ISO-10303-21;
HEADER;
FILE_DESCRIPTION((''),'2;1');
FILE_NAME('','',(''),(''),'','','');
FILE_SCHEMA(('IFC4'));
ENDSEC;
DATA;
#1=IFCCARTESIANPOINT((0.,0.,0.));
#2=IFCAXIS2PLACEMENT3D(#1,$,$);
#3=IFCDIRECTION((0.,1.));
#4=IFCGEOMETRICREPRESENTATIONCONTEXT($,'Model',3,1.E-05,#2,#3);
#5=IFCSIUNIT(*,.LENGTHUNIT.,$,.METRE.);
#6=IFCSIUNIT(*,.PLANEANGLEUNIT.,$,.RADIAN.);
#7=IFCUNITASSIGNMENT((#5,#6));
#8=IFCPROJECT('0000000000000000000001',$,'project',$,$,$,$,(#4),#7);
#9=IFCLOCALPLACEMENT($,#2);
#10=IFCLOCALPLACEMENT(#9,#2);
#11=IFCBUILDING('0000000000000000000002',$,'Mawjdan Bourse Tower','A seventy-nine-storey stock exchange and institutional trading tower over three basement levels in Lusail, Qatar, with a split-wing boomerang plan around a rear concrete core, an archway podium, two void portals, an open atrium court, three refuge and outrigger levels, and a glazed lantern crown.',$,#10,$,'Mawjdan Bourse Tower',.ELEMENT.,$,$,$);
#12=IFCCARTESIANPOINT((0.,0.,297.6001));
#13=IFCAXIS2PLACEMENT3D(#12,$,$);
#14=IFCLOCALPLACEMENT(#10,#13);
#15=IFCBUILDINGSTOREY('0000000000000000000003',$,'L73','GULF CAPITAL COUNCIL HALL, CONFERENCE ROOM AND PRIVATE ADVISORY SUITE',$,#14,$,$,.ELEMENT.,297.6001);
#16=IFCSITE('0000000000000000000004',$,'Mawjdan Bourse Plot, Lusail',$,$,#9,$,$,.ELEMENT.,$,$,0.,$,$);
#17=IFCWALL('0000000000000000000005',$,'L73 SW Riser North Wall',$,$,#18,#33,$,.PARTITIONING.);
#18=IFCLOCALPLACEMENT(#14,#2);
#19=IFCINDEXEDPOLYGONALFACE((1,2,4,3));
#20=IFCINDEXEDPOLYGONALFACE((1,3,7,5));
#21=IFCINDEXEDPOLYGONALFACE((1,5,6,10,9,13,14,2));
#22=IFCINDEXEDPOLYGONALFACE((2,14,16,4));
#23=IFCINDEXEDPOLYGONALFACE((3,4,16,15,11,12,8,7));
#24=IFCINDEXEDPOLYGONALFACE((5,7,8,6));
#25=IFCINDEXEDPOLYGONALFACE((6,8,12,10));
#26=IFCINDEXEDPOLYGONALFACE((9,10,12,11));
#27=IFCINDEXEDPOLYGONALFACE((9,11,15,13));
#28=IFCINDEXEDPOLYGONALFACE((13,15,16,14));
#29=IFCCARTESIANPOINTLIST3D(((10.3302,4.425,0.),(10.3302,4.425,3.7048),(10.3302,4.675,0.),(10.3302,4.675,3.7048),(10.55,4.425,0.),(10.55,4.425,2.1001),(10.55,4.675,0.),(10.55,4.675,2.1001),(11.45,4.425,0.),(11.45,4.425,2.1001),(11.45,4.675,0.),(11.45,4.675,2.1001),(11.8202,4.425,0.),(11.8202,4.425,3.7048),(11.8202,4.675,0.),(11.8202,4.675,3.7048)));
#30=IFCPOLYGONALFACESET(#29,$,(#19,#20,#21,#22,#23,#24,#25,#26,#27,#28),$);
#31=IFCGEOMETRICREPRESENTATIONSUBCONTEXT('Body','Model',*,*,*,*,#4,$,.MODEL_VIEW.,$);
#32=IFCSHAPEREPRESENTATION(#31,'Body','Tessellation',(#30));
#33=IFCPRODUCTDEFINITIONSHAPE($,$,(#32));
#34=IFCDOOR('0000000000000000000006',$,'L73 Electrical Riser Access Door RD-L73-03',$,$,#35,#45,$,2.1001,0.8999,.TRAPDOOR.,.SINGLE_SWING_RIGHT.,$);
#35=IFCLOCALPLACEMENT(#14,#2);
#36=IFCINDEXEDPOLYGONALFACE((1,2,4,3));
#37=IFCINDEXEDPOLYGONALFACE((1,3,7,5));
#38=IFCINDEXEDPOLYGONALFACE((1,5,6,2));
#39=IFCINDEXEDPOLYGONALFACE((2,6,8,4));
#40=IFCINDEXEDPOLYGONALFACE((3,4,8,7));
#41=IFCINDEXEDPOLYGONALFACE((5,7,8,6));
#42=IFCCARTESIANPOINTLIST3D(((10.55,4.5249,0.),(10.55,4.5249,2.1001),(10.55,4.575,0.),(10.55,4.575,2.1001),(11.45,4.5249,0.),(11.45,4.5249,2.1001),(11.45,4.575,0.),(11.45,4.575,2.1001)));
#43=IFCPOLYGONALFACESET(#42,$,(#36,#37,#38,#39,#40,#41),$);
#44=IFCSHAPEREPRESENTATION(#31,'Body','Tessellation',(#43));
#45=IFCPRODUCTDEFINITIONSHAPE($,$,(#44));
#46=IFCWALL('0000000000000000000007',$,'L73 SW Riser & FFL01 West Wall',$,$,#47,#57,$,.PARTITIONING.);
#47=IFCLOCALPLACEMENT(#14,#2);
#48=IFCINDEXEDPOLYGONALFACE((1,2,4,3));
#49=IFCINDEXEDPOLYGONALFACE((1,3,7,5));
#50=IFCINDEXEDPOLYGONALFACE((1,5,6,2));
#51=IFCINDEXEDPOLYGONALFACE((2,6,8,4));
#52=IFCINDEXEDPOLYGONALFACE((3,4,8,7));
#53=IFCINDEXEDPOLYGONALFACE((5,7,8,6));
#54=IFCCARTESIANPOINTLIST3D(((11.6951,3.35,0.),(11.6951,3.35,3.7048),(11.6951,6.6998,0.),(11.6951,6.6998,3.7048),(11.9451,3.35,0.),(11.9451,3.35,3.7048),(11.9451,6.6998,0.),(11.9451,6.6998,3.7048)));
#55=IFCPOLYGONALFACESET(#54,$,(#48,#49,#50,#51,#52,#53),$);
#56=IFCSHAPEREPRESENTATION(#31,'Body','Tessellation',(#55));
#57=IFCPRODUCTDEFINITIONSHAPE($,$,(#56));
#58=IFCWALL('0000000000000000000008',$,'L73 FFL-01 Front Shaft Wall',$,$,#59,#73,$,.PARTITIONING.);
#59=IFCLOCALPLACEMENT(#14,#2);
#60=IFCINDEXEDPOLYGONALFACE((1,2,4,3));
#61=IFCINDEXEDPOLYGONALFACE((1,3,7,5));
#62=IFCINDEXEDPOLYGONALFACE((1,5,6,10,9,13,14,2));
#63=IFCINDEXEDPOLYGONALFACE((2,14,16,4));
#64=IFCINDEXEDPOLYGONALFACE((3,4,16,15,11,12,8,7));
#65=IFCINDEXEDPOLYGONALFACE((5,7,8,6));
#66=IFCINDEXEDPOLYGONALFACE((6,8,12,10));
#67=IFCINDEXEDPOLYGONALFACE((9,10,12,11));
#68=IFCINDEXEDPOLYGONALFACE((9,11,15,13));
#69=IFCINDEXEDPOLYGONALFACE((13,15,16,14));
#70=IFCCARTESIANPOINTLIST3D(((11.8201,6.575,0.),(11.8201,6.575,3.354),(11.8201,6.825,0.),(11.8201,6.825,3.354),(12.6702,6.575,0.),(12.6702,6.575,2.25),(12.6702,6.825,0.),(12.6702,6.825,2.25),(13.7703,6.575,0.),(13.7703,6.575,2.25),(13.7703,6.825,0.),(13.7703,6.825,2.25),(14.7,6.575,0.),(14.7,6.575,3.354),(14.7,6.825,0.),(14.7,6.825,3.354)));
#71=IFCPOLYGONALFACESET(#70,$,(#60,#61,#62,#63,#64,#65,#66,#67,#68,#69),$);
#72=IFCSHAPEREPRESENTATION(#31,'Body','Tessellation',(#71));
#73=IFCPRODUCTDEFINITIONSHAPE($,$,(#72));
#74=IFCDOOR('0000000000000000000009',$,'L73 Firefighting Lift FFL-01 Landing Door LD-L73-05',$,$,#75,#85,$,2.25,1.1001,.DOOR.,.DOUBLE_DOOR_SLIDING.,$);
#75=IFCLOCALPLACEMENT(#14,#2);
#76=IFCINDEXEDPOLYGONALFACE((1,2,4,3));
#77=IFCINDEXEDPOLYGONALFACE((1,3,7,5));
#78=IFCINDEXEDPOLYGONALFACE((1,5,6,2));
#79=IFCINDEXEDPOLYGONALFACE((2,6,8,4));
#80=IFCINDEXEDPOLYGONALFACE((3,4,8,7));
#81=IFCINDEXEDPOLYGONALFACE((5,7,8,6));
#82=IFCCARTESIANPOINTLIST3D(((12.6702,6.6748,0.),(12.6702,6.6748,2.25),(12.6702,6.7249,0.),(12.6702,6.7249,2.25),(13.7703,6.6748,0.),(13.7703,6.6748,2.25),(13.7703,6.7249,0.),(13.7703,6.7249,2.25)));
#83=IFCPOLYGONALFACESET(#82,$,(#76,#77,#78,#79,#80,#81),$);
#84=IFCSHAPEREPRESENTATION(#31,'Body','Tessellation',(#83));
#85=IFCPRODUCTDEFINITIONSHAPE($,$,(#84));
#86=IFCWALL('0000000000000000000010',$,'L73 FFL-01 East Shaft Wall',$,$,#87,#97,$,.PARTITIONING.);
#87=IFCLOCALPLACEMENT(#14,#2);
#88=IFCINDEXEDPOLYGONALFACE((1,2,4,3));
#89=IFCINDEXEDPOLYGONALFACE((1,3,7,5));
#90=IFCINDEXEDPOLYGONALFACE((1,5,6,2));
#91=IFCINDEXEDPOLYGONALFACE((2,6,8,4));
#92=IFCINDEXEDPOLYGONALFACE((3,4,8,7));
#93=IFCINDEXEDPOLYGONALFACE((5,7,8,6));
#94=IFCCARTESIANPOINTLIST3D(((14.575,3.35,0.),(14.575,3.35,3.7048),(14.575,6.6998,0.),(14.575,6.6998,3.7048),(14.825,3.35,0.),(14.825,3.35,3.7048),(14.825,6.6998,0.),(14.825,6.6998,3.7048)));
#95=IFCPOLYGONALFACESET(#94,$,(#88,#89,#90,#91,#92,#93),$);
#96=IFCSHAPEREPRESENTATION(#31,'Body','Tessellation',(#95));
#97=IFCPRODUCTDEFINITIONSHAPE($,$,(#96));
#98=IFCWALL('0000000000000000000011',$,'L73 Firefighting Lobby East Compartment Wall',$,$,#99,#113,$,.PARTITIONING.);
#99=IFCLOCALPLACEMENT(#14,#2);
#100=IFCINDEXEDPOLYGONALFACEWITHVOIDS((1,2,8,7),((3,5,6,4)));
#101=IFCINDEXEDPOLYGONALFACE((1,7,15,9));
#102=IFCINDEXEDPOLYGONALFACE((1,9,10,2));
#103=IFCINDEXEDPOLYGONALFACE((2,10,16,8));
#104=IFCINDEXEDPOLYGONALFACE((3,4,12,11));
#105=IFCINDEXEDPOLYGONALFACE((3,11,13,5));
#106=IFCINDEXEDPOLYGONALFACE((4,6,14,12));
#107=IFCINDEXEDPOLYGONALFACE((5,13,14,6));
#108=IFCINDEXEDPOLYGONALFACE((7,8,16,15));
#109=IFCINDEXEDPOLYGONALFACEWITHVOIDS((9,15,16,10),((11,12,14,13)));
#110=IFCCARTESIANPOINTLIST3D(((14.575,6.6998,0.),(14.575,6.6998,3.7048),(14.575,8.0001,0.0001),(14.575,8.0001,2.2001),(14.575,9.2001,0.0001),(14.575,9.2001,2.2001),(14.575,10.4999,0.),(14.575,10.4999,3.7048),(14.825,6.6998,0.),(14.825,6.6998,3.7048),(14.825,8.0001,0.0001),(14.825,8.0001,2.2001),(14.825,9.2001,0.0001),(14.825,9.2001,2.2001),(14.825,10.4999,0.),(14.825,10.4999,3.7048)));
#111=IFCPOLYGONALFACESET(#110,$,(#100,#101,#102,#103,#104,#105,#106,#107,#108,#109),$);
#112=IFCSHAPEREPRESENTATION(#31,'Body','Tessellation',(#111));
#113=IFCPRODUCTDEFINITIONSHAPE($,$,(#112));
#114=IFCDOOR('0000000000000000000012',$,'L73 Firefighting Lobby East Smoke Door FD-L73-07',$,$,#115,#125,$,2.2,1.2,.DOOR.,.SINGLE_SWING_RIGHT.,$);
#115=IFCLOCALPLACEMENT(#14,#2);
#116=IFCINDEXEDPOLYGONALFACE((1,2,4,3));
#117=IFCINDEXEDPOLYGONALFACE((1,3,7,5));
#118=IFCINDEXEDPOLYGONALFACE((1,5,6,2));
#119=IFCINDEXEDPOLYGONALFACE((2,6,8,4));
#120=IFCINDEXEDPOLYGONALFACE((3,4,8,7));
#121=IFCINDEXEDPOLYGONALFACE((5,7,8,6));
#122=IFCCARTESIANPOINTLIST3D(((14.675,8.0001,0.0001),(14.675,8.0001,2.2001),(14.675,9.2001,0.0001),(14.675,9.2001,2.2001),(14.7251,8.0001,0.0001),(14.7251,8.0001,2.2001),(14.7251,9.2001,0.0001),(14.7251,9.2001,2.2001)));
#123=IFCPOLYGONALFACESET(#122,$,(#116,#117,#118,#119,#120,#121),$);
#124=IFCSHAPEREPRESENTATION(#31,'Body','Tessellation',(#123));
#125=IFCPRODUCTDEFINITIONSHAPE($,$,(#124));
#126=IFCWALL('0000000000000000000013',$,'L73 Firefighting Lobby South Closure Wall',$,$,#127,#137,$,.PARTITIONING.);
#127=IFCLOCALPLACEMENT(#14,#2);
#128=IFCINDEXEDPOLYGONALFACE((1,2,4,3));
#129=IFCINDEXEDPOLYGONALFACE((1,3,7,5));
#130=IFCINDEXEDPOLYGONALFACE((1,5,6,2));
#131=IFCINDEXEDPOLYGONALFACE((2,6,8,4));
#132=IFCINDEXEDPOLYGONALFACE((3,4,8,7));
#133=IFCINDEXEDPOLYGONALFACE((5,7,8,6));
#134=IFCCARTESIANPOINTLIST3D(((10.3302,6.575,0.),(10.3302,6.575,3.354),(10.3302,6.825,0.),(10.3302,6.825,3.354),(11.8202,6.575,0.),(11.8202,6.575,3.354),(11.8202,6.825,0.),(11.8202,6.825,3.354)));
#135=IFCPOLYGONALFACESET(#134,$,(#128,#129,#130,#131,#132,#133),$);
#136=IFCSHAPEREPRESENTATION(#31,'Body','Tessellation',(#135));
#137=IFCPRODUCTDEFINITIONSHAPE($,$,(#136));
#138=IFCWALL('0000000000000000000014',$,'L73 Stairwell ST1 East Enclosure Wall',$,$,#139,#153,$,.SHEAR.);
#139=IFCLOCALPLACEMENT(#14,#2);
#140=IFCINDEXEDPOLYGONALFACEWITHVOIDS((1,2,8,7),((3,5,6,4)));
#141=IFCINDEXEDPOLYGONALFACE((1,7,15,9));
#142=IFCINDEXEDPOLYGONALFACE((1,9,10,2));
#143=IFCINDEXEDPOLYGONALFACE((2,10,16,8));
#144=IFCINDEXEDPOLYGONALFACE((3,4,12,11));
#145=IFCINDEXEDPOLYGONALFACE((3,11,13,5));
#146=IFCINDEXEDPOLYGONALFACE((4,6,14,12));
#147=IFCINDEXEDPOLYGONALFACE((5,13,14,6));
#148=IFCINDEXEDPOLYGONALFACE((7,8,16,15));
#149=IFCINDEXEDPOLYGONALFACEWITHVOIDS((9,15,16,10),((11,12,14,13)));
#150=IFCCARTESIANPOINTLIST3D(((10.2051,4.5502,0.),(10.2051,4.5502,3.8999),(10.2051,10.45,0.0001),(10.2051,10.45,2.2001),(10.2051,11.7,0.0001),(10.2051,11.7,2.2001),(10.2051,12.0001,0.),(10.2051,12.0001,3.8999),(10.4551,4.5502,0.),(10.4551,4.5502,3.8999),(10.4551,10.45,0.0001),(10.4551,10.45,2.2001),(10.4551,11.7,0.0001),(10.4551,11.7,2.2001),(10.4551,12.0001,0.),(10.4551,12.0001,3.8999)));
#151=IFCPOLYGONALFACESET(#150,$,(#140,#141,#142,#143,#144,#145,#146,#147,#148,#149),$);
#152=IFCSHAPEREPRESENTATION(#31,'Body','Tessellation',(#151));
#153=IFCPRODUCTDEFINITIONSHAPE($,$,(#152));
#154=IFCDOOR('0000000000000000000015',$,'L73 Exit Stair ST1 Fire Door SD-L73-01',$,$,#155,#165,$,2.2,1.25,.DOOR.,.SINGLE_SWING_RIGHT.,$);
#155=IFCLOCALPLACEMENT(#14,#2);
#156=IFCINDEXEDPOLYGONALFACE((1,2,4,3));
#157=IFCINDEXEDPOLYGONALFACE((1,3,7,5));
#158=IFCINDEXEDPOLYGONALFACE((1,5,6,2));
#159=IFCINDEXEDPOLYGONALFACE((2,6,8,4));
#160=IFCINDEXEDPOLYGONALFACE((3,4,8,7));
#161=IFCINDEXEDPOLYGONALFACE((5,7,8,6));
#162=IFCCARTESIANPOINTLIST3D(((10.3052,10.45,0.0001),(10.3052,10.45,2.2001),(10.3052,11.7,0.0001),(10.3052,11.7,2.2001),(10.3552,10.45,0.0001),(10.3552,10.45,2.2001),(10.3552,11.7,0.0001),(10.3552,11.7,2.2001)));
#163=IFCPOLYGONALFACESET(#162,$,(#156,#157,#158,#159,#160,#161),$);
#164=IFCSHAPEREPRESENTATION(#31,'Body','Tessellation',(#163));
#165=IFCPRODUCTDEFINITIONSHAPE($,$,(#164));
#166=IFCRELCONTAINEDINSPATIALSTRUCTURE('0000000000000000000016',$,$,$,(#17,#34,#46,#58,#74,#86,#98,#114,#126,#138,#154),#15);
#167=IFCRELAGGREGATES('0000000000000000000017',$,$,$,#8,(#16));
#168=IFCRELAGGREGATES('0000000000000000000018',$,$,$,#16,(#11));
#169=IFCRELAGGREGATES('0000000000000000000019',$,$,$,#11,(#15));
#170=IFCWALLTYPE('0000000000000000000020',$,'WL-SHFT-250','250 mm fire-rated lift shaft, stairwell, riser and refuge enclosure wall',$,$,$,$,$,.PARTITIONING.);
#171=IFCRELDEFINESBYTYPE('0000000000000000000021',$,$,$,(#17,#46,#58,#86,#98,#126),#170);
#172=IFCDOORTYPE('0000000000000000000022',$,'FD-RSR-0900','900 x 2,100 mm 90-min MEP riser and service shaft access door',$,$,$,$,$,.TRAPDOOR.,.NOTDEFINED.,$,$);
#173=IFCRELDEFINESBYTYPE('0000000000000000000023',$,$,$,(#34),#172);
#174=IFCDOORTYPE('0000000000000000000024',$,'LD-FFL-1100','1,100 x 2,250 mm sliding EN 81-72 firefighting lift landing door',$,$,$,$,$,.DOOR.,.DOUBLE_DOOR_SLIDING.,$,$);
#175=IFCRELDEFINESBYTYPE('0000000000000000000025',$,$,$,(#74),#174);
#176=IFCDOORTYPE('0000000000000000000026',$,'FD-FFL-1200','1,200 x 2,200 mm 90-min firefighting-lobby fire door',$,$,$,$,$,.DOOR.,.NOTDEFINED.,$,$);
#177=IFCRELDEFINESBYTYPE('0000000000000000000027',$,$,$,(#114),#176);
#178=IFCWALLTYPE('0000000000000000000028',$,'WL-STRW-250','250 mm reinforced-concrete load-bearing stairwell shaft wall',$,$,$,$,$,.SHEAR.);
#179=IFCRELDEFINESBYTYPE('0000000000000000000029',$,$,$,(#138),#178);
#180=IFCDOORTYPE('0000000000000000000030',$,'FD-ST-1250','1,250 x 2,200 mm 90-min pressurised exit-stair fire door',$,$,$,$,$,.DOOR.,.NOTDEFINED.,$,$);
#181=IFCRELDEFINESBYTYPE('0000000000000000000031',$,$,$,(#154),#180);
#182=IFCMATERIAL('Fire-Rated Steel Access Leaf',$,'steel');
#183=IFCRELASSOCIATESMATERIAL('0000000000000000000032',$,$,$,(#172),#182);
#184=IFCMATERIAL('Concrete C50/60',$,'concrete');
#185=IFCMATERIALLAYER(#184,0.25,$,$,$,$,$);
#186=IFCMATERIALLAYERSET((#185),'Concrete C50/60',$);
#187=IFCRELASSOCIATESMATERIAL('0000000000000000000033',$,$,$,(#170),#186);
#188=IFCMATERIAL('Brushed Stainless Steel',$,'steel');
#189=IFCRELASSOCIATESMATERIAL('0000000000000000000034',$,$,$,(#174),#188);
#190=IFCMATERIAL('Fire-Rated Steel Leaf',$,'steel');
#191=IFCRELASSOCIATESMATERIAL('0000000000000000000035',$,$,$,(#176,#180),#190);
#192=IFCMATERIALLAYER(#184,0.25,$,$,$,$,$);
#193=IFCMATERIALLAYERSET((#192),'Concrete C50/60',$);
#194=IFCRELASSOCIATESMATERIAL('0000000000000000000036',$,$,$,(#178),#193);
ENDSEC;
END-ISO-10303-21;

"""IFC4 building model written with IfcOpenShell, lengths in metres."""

from ifc_helpers import new_model, si_unit, direction, frame, frame_2d, origin, place, context, subcontext, project, spatial, rectangle, extrude, material, layer, layer_set, type_object, element, fill, save


model = new_model("IFC4")

# Units and contexts
model_context = context("Model", 3, precision=1e-05, world=origin(), true_north=direction((0.0, 1.0)))
body_context = subcontext(model_context, "Body", "Model", "MODEL_VIEW")
ifc_project = project(units=[si_unit("LENGTHUNIT", "METRE"), si_unit("PLANEANGLEUNIT", "RADIAN")], contexts=[model_context])

# Site, building, storey
site_placement = place(None, origin())
site = spatial("IfcSite", under=ifc_project, at=site_placement, Name="Mawjdan Bourse Plot, Lusail", CompositionType="ELEMENT", RefElevation=0.0)
building_placement = place(site_placement, origin())
building = spatial("IfcBuilding", under=site, at=building_placement, Name="Mawjdan Bourse Tower", Description="A seventy-nine-storey stock exchange and institutional trading tower over three basement levels in Lusail, Qatar, with a split-wing boomerang plan around a rear concrete core, an archway podium, two void portals, an open atrium court, three refuge and outrigger levels, and a glazed lantern crown.", LongName="Mawjdan Bourse Tower", CompositionType="ELEMENT")
storey_placement = place(building_placement, frame((0.0, 0.0, 297.6001)))
storey = spatial("IfcBuildingStorey", under=building, at=storey_placement, Name="L73", Description="GULF CAPITAL COUNCIL HALL, CONFERENCE ROOM AND PRIVATE ADVISORY SUITE", CompositionType="ELEMENT", Elevation=297.6001)

# Shared definitions
ifc_material_1 = material(Name="Fire-Rated Steel Access Leaf", Category="steel")
door_type_1 = type_object("IfcDoorType", Name="FD-RSR-0900", Description="900 x 2,100 mm 90-min MEP riser and service shaft access door", OperationType="NOTDEFINED", PredefinedType="TRAPDOOR", material=ifc_material_1)

# Wall, opening, door
ifc_material_2 = material(Name="Concrete C50/60", Category="concrete")
ifc_layer_1 = layer(ifc_material_2, 0.25)
ifc_layer_set_1 = layer_set([ifc_layer_1], Name="Concrete C50/60")
wall_type_1 = type_object("IfcWallType", Name="WL-SHFT-250", Description="250 mm fire-rated lift shaft, stairwell, riser and refuge enclosure wall", PredefinedType="PARTITIONING", material=ifc_layer_set_1)
wall_1_placement = place(storey_placement, frame((10.3301, 4.55, 0.0), z_axis=(0.0, 0.0, 1.0), x_axis=(1.0, 0.0, 0.0)))
wall_1 = element("IfcWall", 1, at=wall_1_placement, inside=storey, type_object=wall_type_1, Name="L73 SW Riser North Wall", PredefinedType="PARTITIONING", context=body_context, shape_type="SweptSolid", body=[
    extrude(rectangle(XDim=1.49, YDim=0.25, at=frame_2d((0.7451, 0.0))), origin(), (0.0, 0.0, 1.0), 3.7048),
])
opening_1_placement = place(wall_1_placement, frame((0.22, 0.0, 0.0)))
opening_1 = element("IfcOpeningElement", 2, at=opening_1_placement, cuts=wall_1, PredefinedType="OPENING", context=body_context, shape_type="SweptSolid", body=[
    extrude(rectangle(XDim=0.8999, YDim=2.1001, at=frame_2d((0.45, 1.05))), frame((0.0, 0.135, 0.0), z_axis=(0.0, -1.0, 0.0), x_axis=(1.0, 0.0, 0.0)), (0.0, 0.0, 1.0), 0.27),
])
door_1_placement = place(opening_1_placement, origin())
door_1 = element("IfcDoor", 3, at=door_1_placement, inside=storey, type_object=door_type_1, Name="L73 Electrical Riser Access Door RD-L73-03", OperationType="SINGLE_SWING_RIGHT", OverallHeight=2.1001, OverallWidth=0.8999, PredefinedType="TRAPDOOR", context=body_context, shape_type="SweptSolid", body=[
    extrude(rectangle(XDim=0.8999, YDim=2.1001, at=frame_2d((0.45, 1.05))), frame((0.0, 0.0249, 0.0), z_axis=(0.0, -1.0, 0.0), x_axis=(1.0, 0.0, 0.0)), (0.0, 0.0, 1.0), 0.05),
])
fill(opening_1, door_1)

# Wall
wall_2_placement = place(storey_placement, frame((11.8201, 3.3501, 0.0), z_axis=(0.0, 0.0, 1.0), x_axis=(0.0, 1.0, 0.0)))
element("IfcWall", 4, at=wall_2_placement, inside=storey, type_object=wall_type_1, Name="L73 SW Riser & FFL01 West Wall", PredefinedType="PARTITIONING", context=body_context, shape_type="SweptSolid", body=[
    extrude(rectangle(XDim=3.3499, YDim=0.25, at=frame_2d((1.6748, 0.0))), origin(), (0.0, 0.0, 1.0), 3.7048),
])

# Wall, opening, door
wall_3_placement = place(storey_placement, frame((11.8201, 6.7, 0.0), z_axis=(0.0, 0.0, 1.0), x_axis=(1.0, 0.0, 0.0)))
wall_3 = element("IfcWall", 5, at=wall_3_placement, inside=storey, type_object=wall_type_1, Name="L73 FFL-01 Front Shaft Wall", PredefinedType="PARTITIONING", context=body_context, shape_type="SweptSolid", body=[
    extrude(rectangle(XDim=2.8799, YDim=0.25, at=frame_2d((1.4399, 0.0))), origin(), (0.0, 0.0, 1.0), 3.354),
])
opening_2_placement = place(wall_3_placement, frame((0.8501, 0.0, 0.0)))
opening_2 = element("IfcOpeningElement", 6, at=opening_2_placement, cuts=wall_3, PredefinedType="OPENING", context=body_context, shape_type="SweptSolid", body=[
    extrude(rectangle(XDim=1.1001, YDim=2.25, at=frame_2d((0.55, 1.125))), frame((0.0, 0.135, 0.0), z_axis=(0.0, -1.0, 0.0), x_axis=(1.0, 0.0, 0.0)), (0.0, 0.0, 1.0), 0.27),
])
ifc_material_3 = material(Name="Brushed Stainless Steel", Category="steel")
door_type_2 = type_object("IfcDoorType", Name="LD-FFL-1100", Description="1,100 x 2,250 mm sliding EN 81-72 firefighting lift landing door", OperationType="DOUBLE_DOOR_SLIDING", PredefinedType="DOOR", material=ifc_material_3)
door_2_placement = place(opening_2_placement, origin())
door_2 = element("IfcDoor", 7, at=door_2_placement, inside=storey, type_object=door_type_2, Name="L73 Firefighting Lift FFL-01 Landing Door LD-L73-05", OperationType="DOUBLE_DOOR_SLIDING", OverallHeight=2.25, OverallWidth=1.1001, PredefinedType="DOOR", context=body_context, shape_type="SweptSolid", body=[
    extrude(rectangle(XDim=1.1001, YDim=2.25, at=frame_2d((0.55, 1.125))), frame((0.0, 0.0249, 0.0), z_axis=(0.0, -1.0, 0.0), x_axis=(1.0, 0.0, 0.0)), (0.0, 0.0, 1.0), 0.05),
])
fill(opening_2, door_2)

# Wall
wall_4_placement = place(storey_placement, frame((14.7, 3.3501, 0.0), z_axis=(0.0, 0.0, 1.0), x_axis=(0.0, 1.0, 0.0)))
element("IfcWall", 8, at=wall_4_placement, inside=storey, type_object=wall_type_1, Name="L73 FFL-01 East Shaft Wall", PredefinedType="PARTITIONING", context=body_context, shape_type="SweptSolid", body=[
    extrude(rectangle(XDim=3.3499, YDim=0.25, at=frame_2d((1.6748, 0.0))), origin(), (0.0, 0.0, 1.0), 3.7048),
])

# Wall, opening, door
wall_5_placement = place(storey_placement, frame((14.7, 6.7, 0.0), z_axis=(0.0, 0.0, 1.0), x_axis=(0.0, 1.0, 0.0)))
wall_5 = element("IfcWall", 9, at=wall_5_placement, inside=storey, type_object=wall_type_1, Name="L73 Firefighting Lobby East Compartment Wall", PredefinedType="PARTITIONING", context=body_context, shape_type="SweptSolid", body=[
    extrude(rectangle(XDim=3.8, YDim=0.25, at=frame_2d((1.8999, 0.0))), origin(), (0.0, 0.0, 1.0), 3.7048),
])
opening_3_placement = place(wall_5_placement, frame((1.3, 0.0, 0.0)))
opening_3 = element("IfcOpeningElement", 10, at=opening_3_placement, cuts=wall_5, PredefinedType="OPENING", context=body_context, shape_type="SweptSolid", body=[
    extrude(rectangle(XDim=1.2, YDim=2.2, at=frame_2d((0.6001, 1.1001))), frame((0.0, 0.135, 0.0), z_axis=(0.0, -1.0, 0.0), x_axis=(1.0, 0.0, 0.0)), (0.0, 0.0, 1.0), 0.27),
])
ifc_material_4 = material(Name="Fire-Rated Steel Leaf", Category="steel")
door_type_3 = type_object("IfcDoorType", Name="FD-FFL-1200", Description="1,200 x 2,200 mm 90-min firefighting-lobby fire door", OperationType="NOTDEFINED", PredefinedType="DOOR", material=ifc_material_4)
door_3_placement = place(opening_3_placement, origin())
door_3 = element("IfcDoor", 11, at=door_3_placement, inside=storey, type_object=door_type_3, Name="L73 Firefighting Lobby East Smoke Door FD-L73-07", OperationType="SINGLE_SWING_RIGHT", OverallHeight=2.2, OverallWidth=1.2, PredefinedType="DOOR", context=body_context, shape_type="SweptSolid", body=[
    extrude(rectangle(XDim=1.2, YDim=2.2, at=frame_2d((0.6001, 1.1001))), frame((0.0, 0.0249, 0.0), z_axis=(0.0, -1.0, 0.0), x_axis=(1.0, 0.0, 0.0)), (0.0, 0.0, 1.0), 0.05),
])
fill(opening_3, door_3)

# Wall
wall_6_placement = place(storey_placement, frame((10.3301, 6.7, 0.0), z_axis=(0.0, 0.0, 1.0), x_axis=(1.0, 0.0, 0.0)))
element("IfcWall", 12, at=wall_6_placement, inside=storey, type_object=wall_type_1, Name="L73 Firefighting Lobby South Closure Wall", PredefinedType="PARTITIONING", context=body_context, shape_type="SweptSolid", body=[
    extrude(rectangle(XDim=1.49, YDim=0.25, at=frame_2d((0.7451, 0.0))), origin(), (0.0, 0.0, 1.0), 3.354),
])

# Wall, opening, door
ifc_layer_2 = layer(ifc_material_2, 0.25)
ifc_layer_set_2 = layer_set([ifc_layer_2], Name="Concrete C50/60")
wall_type_2 = type_object("IfcWallType", Name="WL-STRW-250", Description="250 mm reinforced-concrete load-bearing stairwell shaft wall", PredefinedType="SHEAR", material=ifc_layer_set_2)
wall_7_placement = place(storey_placement, frame((10.3301, 4.55, 0.0), z_axis=(0.0, 0.0, 1.0), x_axis=(0.0, 1.0, 0.0)))
wall_7 = element("IfcWall", 13, at=wall_7_placement, inside=storey, type_object=wall_type_2, Name="L73 Stairwell ST1 East Enclosure Wall", PredefinedType="SHEAR", context=body_context, shape_type="SweptSolid", body=[
    extrude(rectangle(XDim=7.45, YDim=0.25, at=frame_2d((3.7251, 0.0))), origin(), (0.0, 0.0, 1.0), 3.8999),
])
opening_4_placement = place(wall_7_placement, frame((5.8999, 0.0, 0.0)))
opening_4 = element("IfcOpeningElement", 14, at=opening_4_placement, cuts=wall_7, PredefinedType="OPENING", context=body_context, shape_type="SweptSolid", body=[
    extrude(rectangle(XDim=1.25, YDim=2.2, at=frame_2d((0.625, 1.1001))), frame((0.0, 0.135, 0.0), z_axis=(0.0, -1.0, 0.0), x_axis=(1.0, 0.0, 0.0)), (0.0, 0.0, 1.0), 0.27),
])
door_type_4 = type_object("IfcDoorType", Name="FD-ST-1250", Description="1,250 x 2,200 mm 90-min pressurised exit-stair fire door", OperationType="NOTDEFINED", PredefinedType="DOOR", material=ifc_material_4)
door_4_placement = place(opening_4_placement, origin())
door_4 = element("IfcDoor", 15, at=door_4_placement, inside=storey, type_object=door_type_4, Name="L73 Exit Stair ST1 Fire Door SD-L73-01", OperationType="SINGLE_SWING_RIGHT", OverallHeight=2.2, OverallWidth=1.25, PredefinedType="DOOR", context=body_context, shape_type="SweptSolid", body=[
    extrude(rectangle(XDim=1.25, YDim=2.2, at=frame_2d((0.625, 1.1001))), frame((0.0, 0.0249, 0.0), z_axis=(0.0, -1.0, 0.0), x_axis=(1.0, 0.0, 0.0)), (0.0, 0.0, 1.0), 0.05),
])
fill(opening_4, door_4)

save(model, "model.ifc")
